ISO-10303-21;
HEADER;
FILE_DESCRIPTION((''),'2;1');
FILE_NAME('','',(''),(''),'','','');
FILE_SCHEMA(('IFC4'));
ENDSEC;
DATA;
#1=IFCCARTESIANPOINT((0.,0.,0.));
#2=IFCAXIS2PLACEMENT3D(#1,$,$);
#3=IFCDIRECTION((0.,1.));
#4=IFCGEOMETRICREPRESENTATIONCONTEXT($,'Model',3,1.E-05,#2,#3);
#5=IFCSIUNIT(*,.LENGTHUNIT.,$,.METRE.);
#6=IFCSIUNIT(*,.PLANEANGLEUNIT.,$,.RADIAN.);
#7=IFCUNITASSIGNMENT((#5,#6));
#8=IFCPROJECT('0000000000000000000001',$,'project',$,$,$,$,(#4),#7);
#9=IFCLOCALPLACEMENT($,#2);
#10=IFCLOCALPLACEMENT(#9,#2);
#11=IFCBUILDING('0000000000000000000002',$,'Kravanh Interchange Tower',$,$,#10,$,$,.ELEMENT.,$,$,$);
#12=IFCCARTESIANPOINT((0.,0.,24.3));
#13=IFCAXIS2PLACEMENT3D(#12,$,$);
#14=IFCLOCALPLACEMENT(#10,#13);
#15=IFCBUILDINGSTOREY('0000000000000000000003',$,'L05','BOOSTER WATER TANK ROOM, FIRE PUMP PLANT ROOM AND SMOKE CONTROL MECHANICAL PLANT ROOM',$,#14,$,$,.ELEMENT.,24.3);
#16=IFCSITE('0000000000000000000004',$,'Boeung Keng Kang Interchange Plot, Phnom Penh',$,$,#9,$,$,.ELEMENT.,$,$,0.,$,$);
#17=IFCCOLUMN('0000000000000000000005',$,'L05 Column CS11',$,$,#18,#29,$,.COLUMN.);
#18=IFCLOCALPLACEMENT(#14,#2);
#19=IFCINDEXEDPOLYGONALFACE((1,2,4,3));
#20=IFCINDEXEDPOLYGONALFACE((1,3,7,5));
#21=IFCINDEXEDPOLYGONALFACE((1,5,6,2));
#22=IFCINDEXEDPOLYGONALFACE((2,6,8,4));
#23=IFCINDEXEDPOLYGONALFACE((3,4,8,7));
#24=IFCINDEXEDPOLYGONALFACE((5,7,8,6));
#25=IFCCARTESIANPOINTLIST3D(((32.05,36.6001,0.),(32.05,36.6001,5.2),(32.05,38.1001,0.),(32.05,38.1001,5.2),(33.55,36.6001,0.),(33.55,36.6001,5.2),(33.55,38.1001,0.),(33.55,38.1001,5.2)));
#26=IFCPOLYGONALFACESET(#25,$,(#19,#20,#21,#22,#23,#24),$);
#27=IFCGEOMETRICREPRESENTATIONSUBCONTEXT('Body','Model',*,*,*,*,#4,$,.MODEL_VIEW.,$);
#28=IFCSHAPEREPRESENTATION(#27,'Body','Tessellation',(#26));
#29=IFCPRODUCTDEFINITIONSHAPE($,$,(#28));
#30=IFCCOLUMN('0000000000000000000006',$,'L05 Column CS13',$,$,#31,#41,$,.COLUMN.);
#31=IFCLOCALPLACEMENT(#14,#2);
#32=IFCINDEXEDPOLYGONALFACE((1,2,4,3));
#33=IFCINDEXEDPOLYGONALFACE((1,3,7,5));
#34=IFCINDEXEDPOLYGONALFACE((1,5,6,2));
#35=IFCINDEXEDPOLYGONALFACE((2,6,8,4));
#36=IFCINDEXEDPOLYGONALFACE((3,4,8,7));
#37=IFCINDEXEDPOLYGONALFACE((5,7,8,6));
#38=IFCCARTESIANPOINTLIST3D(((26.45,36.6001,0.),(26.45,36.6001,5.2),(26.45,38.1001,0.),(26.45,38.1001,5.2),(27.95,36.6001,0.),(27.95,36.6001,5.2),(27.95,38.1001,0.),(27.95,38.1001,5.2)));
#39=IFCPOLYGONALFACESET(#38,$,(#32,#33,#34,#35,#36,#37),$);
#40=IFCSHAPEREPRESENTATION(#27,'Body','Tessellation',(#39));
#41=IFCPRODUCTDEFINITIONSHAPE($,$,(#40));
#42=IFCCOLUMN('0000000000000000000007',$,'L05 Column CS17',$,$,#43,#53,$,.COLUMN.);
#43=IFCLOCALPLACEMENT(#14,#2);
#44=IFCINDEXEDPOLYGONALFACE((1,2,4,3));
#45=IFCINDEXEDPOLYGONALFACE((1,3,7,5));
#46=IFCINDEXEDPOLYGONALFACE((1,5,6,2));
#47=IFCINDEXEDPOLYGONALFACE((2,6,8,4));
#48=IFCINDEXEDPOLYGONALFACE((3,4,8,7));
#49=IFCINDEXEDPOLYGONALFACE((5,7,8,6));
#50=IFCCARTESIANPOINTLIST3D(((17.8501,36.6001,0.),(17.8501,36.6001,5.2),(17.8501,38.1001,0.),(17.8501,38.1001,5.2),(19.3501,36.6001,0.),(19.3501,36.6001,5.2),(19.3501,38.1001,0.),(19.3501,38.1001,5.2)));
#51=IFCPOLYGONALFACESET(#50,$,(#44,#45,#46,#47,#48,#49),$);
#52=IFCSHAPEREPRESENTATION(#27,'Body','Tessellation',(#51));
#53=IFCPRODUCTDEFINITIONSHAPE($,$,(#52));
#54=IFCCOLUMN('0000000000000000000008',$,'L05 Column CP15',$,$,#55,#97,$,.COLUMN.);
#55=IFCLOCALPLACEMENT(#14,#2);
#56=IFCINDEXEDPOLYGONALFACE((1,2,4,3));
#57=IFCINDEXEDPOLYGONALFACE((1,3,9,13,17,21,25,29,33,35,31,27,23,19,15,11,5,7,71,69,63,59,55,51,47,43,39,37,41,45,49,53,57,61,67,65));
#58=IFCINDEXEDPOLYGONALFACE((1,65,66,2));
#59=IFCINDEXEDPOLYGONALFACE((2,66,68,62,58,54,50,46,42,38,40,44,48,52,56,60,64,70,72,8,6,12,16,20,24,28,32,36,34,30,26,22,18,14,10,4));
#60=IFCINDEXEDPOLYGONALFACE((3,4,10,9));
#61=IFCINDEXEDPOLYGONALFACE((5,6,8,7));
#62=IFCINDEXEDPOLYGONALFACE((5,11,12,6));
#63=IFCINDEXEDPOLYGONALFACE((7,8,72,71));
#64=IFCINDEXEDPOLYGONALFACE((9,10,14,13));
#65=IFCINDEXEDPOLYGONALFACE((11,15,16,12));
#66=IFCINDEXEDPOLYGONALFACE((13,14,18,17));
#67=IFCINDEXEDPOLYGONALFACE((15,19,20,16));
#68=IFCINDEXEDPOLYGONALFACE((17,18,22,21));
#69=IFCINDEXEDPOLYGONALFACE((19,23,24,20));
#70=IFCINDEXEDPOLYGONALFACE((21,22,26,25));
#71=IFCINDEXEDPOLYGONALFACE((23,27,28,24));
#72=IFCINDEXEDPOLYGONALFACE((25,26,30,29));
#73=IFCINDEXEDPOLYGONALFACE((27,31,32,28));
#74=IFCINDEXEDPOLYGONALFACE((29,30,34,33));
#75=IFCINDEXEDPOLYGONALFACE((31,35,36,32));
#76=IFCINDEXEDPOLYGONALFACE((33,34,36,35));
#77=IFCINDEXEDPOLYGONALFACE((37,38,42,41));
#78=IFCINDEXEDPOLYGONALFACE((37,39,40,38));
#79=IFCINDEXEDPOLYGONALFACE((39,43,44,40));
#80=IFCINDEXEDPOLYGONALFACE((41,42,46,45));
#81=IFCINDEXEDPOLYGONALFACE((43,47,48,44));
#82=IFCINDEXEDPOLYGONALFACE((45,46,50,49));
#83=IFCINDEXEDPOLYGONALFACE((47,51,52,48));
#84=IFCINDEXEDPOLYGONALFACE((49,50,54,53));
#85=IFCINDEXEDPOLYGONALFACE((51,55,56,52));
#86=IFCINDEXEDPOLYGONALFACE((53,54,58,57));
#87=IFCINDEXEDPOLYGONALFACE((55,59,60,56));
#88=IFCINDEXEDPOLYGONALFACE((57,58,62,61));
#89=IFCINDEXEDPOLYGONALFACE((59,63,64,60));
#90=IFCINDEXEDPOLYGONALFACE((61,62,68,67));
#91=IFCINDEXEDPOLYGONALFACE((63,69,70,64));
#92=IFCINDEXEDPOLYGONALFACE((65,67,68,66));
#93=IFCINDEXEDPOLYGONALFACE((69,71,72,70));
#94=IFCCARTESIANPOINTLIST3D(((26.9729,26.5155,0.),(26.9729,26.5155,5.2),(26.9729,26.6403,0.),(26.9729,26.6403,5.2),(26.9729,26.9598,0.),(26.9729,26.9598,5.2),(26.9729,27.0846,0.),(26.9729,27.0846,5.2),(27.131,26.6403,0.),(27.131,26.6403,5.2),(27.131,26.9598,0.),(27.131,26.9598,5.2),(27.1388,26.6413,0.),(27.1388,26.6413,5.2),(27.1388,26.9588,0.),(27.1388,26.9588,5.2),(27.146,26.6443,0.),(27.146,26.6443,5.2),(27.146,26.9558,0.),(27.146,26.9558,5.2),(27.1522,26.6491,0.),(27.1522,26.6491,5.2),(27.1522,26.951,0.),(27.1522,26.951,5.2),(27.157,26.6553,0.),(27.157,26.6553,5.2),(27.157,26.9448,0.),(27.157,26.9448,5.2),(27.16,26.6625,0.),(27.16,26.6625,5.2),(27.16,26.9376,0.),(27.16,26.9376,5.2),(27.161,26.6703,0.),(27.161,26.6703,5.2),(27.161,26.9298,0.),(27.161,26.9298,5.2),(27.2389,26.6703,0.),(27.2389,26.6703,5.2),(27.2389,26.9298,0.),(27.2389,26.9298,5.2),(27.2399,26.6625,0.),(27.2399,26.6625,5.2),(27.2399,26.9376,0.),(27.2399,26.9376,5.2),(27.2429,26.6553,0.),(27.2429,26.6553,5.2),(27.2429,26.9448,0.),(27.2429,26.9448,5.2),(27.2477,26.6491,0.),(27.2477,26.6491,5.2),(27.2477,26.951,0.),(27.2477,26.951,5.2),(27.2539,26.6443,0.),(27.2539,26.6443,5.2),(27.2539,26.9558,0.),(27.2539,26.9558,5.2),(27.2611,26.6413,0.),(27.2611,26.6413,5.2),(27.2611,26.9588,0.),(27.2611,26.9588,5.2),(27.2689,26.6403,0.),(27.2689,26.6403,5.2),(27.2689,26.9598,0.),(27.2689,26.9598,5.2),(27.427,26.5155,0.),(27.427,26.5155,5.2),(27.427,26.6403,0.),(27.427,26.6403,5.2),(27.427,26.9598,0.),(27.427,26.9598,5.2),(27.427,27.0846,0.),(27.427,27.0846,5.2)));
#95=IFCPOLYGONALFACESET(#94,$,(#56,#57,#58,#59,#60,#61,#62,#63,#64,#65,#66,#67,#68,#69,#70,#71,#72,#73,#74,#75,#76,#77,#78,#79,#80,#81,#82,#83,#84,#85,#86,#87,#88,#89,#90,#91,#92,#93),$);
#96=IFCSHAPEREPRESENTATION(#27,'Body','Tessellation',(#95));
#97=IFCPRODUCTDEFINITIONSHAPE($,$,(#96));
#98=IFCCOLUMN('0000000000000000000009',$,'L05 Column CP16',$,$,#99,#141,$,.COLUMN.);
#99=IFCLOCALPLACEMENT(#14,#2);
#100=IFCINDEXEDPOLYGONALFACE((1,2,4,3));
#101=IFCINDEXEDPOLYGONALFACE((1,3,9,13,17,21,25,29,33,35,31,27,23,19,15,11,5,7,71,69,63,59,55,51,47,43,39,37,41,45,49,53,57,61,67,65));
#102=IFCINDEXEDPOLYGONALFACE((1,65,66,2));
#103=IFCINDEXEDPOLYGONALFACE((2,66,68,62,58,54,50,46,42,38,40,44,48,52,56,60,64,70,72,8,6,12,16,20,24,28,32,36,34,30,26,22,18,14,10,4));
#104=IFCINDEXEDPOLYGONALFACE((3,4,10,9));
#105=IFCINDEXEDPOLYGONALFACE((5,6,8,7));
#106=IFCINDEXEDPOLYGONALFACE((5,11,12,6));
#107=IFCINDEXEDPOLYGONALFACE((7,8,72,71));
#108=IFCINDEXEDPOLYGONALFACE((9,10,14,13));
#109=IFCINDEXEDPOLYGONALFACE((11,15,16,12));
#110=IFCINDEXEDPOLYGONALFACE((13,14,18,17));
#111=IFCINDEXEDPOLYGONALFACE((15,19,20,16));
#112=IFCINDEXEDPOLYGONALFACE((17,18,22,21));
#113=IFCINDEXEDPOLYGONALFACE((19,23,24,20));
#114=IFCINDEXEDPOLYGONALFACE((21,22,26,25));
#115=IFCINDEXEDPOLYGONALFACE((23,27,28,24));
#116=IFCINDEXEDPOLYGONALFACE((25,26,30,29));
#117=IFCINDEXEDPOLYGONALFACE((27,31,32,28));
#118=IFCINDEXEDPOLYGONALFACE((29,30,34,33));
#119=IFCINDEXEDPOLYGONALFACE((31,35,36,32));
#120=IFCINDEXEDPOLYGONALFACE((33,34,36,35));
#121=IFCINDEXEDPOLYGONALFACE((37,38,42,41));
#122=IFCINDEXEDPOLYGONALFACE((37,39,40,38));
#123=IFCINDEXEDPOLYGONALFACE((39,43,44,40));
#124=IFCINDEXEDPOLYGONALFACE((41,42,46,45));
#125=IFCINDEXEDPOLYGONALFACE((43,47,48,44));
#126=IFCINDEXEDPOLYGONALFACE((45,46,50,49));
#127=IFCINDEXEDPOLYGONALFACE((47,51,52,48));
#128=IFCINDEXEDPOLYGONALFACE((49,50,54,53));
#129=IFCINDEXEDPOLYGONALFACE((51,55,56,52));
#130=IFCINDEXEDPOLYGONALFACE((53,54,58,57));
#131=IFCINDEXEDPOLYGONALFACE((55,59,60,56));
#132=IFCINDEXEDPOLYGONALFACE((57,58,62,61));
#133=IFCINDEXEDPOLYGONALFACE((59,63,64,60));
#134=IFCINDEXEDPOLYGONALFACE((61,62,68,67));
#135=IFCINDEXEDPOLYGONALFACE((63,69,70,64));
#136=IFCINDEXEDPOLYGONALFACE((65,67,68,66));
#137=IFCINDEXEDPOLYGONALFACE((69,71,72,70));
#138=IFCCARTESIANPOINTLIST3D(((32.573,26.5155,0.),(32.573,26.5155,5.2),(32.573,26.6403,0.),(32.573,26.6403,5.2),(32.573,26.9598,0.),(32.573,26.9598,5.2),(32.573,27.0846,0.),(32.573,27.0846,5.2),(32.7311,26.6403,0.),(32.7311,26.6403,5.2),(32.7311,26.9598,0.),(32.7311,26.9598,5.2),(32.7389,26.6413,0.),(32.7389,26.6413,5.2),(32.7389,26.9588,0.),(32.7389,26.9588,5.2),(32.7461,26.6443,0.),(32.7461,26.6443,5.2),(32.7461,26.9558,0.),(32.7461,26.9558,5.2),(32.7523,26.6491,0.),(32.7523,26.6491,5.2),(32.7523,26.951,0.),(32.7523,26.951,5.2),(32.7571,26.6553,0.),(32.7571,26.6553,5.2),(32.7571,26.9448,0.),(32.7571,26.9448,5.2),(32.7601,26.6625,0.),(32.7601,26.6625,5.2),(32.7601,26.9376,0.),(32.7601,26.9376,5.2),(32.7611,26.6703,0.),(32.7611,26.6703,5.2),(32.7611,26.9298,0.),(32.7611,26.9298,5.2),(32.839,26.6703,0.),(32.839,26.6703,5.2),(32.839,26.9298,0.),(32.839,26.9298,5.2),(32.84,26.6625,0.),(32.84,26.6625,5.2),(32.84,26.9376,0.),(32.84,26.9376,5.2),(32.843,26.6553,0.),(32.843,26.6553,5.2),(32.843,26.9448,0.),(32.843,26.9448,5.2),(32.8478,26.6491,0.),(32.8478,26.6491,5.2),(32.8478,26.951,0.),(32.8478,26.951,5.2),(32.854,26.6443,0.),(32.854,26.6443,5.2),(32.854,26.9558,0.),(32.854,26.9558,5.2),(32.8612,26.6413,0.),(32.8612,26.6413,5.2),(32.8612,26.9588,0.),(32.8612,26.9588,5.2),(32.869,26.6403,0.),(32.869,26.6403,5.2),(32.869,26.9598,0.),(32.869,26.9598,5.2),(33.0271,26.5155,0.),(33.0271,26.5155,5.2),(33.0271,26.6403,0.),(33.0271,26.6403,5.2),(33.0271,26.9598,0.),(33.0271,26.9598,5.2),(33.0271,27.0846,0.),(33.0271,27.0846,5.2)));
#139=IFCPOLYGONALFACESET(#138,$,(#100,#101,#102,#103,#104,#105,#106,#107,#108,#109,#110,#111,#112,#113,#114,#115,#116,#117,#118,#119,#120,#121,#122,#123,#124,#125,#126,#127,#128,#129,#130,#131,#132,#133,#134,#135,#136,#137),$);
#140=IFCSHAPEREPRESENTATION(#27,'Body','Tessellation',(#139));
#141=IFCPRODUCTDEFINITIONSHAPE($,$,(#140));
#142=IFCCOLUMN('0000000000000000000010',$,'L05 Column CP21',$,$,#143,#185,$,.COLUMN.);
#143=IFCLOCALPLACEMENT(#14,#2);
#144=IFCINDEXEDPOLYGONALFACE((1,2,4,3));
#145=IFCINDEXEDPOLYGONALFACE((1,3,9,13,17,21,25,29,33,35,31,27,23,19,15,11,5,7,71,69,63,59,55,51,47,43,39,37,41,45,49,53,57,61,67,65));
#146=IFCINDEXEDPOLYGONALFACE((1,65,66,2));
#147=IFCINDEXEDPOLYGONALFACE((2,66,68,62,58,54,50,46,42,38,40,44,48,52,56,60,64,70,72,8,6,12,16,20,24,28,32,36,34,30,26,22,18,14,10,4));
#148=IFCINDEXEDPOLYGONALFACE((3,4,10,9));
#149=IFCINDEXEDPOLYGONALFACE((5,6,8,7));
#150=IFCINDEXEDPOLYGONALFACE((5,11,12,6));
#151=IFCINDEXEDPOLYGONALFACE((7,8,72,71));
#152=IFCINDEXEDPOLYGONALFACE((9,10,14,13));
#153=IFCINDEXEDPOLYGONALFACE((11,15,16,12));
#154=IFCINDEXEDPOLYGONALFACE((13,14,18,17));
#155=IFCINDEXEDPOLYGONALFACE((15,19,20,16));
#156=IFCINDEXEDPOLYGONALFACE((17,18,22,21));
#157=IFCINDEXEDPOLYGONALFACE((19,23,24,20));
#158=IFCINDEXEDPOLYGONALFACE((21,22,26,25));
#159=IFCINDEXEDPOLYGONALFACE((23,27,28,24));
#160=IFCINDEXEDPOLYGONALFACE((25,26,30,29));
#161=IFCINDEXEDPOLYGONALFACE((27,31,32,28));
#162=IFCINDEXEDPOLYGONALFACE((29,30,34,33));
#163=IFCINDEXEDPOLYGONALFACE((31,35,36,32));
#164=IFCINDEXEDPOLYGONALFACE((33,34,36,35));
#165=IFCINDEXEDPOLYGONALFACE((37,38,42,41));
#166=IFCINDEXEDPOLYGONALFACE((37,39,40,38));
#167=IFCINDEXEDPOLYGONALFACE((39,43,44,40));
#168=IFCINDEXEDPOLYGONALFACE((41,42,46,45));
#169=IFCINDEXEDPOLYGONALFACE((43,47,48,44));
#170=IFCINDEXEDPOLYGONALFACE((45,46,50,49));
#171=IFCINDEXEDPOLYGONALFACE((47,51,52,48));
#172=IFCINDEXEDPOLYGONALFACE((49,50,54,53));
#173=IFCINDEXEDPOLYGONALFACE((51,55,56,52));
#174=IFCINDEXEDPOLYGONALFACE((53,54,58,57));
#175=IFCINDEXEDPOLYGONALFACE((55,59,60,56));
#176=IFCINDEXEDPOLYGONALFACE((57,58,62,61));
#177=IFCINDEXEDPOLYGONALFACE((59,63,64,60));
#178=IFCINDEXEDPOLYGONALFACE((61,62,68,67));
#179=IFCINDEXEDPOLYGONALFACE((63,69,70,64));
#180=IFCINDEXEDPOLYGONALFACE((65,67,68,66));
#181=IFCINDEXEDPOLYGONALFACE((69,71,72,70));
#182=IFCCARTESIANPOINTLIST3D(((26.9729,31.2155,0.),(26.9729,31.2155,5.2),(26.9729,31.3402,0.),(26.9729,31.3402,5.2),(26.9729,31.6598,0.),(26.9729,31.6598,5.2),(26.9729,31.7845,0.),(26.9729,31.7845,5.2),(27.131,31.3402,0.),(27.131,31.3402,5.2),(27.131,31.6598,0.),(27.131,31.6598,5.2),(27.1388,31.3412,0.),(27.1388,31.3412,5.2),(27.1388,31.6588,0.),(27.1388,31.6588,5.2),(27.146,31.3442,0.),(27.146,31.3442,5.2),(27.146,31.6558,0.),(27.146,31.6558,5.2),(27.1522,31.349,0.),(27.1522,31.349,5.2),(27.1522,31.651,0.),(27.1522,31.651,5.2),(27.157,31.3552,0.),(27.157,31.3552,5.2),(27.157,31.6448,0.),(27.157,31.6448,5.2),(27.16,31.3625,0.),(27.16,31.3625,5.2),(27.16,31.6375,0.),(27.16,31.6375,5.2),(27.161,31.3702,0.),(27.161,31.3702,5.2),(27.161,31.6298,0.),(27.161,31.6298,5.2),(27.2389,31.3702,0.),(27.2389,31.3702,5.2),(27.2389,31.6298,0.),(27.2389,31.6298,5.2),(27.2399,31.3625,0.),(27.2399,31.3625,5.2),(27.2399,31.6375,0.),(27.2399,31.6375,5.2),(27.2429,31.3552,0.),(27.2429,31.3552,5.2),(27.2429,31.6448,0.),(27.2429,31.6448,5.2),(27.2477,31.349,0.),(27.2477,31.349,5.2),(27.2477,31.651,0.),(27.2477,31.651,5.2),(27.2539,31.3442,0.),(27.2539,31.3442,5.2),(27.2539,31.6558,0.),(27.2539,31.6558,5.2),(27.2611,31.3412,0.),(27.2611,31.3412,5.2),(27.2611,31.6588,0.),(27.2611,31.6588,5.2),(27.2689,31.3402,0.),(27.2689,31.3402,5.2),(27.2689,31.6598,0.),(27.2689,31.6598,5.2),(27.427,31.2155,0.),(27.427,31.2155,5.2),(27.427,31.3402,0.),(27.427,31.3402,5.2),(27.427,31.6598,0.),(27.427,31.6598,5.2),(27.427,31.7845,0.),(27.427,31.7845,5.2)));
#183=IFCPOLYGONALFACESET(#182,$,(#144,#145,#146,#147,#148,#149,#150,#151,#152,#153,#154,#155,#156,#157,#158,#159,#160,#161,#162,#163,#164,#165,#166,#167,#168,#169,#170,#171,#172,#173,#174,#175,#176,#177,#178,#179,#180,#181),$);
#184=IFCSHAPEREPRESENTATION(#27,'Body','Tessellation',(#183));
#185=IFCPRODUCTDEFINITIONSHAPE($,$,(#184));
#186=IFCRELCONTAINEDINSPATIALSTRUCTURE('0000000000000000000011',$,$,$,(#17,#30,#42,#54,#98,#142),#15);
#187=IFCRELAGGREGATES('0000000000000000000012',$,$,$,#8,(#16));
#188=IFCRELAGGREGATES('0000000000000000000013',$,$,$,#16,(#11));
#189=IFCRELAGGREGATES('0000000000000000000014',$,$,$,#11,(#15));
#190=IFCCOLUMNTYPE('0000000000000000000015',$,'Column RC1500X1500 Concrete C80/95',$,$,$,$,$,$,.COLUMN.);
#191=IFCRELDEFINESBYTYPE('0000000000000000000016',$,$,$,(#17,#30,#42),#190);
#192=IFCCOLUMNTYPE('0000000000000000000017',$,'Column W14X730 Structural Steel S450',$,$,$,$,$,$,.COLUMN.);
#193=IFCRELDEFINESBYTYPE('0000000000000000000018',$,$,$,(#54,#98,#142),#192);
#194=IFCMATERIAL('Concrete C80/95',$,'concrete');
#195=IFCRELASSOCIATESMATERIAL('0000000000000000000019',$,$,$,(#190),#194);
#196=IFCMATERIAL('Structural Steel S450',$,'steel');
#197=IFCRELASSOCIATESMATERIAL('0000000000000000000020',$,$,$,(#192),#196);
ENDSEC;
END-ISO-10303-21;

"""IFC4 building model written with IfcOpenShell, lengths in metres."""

from ifc_helpers import new_model, si_unit, direction, frame, origin, origin_2d, place, context, subcontext, project, spatial, rectangle, i_section, extrude, material, material_profile, profile_set, type_object, element, save


model = new_model("IFC4")

# Units and contexts
model_context = context("Model", 3, precision=1e-05, world=origin(), true_north=direction((0.0, 1.0)))
body_context = subcontext(model_context, "Body", "Model", "MODEL_VIEW")
ifc_project = project(units=[si_unit("LENGTHUNIT", "METRE"), si_unit("PLANEANGLEUNIT", "RADIAN")], contexts=[model_context])

# Site, building, storey
site_placement = place(None, origin())
site = spatial("IfcSite", under=ifc_project, at=site_placement, Name="Boeung Keng Kang Interchange Plot, Phnom Penh", CompositionType="ELEMENT", RefElevation=0.0)
building_placement = place(site_placement, origin())
building = spatial("IfcBuilding", under=site, at=building_placement, Name="Kravanh Interchange Tower", CompositionType="ELEMENT")
storey_placement = place(building_placement, frame((0.0, 0.0, 24.3)))
storey = spatial("IfcBuildingStorey", under=building, at=storey_placement, Name="L05", Description="BOOSTER WATER TANK ROOM, FIRE PUMP PLANT ROOM AND SMOKE CONTROL MECHANICAL PLANT ROOM", CompositionType="ELEMENT", Elevation=24.3)

# Columns
ifc_material_1 = material(Name="Concrete C80/95", Category="concrete")
ifc_material_profile_1 = material_profile(ifc_material_1, rectangle(XDim=1.5, YDim=1.5, at=origin_2d()), Name="RC1500X1500")
ifc_profile_set_1 = profile_set([ifc_material_profile_1], Name="Concrete C80/95")
column_type_1 = type_object("IfcColumnType", Name="Column RC1500X1500 Concrete C80/95", PredefinedType="COLUMN", material=ifc_profile_set_1)
for number, where, z_axis, x_axis, name in (
    (1, (32.8, 37.3501, 0.0), (0.0, 0.0, 1.0), (1.0, 0.0, 0.0), "L05 Column CS11"),
    (2, (27.2, 37.3501, 0.0), (0.0, 0.0, 1.0), (1.0, 0.0, 0.0), "L05 Column CS13"),
    (3, (18.6001, 37.3501, 0.0), (0.0, 0.0, 1.0), (1.0, 0.0, 0.0), "L05 Column CS17"),
):
    element("IfcColumn", number, at=place(storey_placement, frame(where, z_axis=z_axis, x_axis=x_axis)), inside=storey, type_object=column_type_1, Name=name, PredefinedType="COLUMN", context=body_context, shape_type="SweptSolid", body=[
        extrude(rectangle(XDim=1.5, YDim=1.5, at=origin_2d()), origin(), (0.0, 0.0, 1.0), 5.2),
    ])
ifc_material_2 = material(Name="Structural Steel S450", Category="steel")
ifc_material_profile_2 = material_profile(ifc_material_2, i_section(OverallWidth=0.4541, OverallDepth=0.5691, WebThickness=0.0779, FlangeThickness=0.1248, FilletRadius=0.03, at=origin_2d()), Name="W14X730")
ifc_profile_set_2 = profile_set([ifc_material_profile_2], Name="Structural Steel S450")
column_type_2 = type_object("IfcColumnType", Name="Column W14X730 Structural Steel S450", PredefinedType="COLUMN", material=ifc_profile_set_2)
for number, where, z_axis, x_axis, name in (
    (4, (27.2, 26.8, 0.0), (0.0, 0.0, 1.0), (1.0, 0.0, 0.0), "L05 Column CP15"),
    (5, (32.8, 26.8, 0.0), (0.0, 0.0, 1.0), (1.0, 0.0, 0.0), "L05 Column CP16"),
    (6, (27.2, 31.5, 0.0), (0.0, 0.0, 1.0), (1.0, 0.0, 0.0), "L05 Column CP21"),
):
    element("IfcColumn", number, at=place(storey_placement, frame(where, z_axis=z_axis, x_axis=x_axis)), inside=storey, type_object=column_type_2, Name=name, PredefinedType="COLUMN", context=body_context, shape_type="SweptSolid", body=[
        extrude(i_section(OverallWidth=0.4541, OverallDepth=0.5691, WebThickness=0.0779, FlangeThickness=0.1248, FilletRadius=0.03, at=origin_2d()), origin(), (0.0, 0.0, 1.0), 5.2),
    ])

save(model, "model.ifc")
